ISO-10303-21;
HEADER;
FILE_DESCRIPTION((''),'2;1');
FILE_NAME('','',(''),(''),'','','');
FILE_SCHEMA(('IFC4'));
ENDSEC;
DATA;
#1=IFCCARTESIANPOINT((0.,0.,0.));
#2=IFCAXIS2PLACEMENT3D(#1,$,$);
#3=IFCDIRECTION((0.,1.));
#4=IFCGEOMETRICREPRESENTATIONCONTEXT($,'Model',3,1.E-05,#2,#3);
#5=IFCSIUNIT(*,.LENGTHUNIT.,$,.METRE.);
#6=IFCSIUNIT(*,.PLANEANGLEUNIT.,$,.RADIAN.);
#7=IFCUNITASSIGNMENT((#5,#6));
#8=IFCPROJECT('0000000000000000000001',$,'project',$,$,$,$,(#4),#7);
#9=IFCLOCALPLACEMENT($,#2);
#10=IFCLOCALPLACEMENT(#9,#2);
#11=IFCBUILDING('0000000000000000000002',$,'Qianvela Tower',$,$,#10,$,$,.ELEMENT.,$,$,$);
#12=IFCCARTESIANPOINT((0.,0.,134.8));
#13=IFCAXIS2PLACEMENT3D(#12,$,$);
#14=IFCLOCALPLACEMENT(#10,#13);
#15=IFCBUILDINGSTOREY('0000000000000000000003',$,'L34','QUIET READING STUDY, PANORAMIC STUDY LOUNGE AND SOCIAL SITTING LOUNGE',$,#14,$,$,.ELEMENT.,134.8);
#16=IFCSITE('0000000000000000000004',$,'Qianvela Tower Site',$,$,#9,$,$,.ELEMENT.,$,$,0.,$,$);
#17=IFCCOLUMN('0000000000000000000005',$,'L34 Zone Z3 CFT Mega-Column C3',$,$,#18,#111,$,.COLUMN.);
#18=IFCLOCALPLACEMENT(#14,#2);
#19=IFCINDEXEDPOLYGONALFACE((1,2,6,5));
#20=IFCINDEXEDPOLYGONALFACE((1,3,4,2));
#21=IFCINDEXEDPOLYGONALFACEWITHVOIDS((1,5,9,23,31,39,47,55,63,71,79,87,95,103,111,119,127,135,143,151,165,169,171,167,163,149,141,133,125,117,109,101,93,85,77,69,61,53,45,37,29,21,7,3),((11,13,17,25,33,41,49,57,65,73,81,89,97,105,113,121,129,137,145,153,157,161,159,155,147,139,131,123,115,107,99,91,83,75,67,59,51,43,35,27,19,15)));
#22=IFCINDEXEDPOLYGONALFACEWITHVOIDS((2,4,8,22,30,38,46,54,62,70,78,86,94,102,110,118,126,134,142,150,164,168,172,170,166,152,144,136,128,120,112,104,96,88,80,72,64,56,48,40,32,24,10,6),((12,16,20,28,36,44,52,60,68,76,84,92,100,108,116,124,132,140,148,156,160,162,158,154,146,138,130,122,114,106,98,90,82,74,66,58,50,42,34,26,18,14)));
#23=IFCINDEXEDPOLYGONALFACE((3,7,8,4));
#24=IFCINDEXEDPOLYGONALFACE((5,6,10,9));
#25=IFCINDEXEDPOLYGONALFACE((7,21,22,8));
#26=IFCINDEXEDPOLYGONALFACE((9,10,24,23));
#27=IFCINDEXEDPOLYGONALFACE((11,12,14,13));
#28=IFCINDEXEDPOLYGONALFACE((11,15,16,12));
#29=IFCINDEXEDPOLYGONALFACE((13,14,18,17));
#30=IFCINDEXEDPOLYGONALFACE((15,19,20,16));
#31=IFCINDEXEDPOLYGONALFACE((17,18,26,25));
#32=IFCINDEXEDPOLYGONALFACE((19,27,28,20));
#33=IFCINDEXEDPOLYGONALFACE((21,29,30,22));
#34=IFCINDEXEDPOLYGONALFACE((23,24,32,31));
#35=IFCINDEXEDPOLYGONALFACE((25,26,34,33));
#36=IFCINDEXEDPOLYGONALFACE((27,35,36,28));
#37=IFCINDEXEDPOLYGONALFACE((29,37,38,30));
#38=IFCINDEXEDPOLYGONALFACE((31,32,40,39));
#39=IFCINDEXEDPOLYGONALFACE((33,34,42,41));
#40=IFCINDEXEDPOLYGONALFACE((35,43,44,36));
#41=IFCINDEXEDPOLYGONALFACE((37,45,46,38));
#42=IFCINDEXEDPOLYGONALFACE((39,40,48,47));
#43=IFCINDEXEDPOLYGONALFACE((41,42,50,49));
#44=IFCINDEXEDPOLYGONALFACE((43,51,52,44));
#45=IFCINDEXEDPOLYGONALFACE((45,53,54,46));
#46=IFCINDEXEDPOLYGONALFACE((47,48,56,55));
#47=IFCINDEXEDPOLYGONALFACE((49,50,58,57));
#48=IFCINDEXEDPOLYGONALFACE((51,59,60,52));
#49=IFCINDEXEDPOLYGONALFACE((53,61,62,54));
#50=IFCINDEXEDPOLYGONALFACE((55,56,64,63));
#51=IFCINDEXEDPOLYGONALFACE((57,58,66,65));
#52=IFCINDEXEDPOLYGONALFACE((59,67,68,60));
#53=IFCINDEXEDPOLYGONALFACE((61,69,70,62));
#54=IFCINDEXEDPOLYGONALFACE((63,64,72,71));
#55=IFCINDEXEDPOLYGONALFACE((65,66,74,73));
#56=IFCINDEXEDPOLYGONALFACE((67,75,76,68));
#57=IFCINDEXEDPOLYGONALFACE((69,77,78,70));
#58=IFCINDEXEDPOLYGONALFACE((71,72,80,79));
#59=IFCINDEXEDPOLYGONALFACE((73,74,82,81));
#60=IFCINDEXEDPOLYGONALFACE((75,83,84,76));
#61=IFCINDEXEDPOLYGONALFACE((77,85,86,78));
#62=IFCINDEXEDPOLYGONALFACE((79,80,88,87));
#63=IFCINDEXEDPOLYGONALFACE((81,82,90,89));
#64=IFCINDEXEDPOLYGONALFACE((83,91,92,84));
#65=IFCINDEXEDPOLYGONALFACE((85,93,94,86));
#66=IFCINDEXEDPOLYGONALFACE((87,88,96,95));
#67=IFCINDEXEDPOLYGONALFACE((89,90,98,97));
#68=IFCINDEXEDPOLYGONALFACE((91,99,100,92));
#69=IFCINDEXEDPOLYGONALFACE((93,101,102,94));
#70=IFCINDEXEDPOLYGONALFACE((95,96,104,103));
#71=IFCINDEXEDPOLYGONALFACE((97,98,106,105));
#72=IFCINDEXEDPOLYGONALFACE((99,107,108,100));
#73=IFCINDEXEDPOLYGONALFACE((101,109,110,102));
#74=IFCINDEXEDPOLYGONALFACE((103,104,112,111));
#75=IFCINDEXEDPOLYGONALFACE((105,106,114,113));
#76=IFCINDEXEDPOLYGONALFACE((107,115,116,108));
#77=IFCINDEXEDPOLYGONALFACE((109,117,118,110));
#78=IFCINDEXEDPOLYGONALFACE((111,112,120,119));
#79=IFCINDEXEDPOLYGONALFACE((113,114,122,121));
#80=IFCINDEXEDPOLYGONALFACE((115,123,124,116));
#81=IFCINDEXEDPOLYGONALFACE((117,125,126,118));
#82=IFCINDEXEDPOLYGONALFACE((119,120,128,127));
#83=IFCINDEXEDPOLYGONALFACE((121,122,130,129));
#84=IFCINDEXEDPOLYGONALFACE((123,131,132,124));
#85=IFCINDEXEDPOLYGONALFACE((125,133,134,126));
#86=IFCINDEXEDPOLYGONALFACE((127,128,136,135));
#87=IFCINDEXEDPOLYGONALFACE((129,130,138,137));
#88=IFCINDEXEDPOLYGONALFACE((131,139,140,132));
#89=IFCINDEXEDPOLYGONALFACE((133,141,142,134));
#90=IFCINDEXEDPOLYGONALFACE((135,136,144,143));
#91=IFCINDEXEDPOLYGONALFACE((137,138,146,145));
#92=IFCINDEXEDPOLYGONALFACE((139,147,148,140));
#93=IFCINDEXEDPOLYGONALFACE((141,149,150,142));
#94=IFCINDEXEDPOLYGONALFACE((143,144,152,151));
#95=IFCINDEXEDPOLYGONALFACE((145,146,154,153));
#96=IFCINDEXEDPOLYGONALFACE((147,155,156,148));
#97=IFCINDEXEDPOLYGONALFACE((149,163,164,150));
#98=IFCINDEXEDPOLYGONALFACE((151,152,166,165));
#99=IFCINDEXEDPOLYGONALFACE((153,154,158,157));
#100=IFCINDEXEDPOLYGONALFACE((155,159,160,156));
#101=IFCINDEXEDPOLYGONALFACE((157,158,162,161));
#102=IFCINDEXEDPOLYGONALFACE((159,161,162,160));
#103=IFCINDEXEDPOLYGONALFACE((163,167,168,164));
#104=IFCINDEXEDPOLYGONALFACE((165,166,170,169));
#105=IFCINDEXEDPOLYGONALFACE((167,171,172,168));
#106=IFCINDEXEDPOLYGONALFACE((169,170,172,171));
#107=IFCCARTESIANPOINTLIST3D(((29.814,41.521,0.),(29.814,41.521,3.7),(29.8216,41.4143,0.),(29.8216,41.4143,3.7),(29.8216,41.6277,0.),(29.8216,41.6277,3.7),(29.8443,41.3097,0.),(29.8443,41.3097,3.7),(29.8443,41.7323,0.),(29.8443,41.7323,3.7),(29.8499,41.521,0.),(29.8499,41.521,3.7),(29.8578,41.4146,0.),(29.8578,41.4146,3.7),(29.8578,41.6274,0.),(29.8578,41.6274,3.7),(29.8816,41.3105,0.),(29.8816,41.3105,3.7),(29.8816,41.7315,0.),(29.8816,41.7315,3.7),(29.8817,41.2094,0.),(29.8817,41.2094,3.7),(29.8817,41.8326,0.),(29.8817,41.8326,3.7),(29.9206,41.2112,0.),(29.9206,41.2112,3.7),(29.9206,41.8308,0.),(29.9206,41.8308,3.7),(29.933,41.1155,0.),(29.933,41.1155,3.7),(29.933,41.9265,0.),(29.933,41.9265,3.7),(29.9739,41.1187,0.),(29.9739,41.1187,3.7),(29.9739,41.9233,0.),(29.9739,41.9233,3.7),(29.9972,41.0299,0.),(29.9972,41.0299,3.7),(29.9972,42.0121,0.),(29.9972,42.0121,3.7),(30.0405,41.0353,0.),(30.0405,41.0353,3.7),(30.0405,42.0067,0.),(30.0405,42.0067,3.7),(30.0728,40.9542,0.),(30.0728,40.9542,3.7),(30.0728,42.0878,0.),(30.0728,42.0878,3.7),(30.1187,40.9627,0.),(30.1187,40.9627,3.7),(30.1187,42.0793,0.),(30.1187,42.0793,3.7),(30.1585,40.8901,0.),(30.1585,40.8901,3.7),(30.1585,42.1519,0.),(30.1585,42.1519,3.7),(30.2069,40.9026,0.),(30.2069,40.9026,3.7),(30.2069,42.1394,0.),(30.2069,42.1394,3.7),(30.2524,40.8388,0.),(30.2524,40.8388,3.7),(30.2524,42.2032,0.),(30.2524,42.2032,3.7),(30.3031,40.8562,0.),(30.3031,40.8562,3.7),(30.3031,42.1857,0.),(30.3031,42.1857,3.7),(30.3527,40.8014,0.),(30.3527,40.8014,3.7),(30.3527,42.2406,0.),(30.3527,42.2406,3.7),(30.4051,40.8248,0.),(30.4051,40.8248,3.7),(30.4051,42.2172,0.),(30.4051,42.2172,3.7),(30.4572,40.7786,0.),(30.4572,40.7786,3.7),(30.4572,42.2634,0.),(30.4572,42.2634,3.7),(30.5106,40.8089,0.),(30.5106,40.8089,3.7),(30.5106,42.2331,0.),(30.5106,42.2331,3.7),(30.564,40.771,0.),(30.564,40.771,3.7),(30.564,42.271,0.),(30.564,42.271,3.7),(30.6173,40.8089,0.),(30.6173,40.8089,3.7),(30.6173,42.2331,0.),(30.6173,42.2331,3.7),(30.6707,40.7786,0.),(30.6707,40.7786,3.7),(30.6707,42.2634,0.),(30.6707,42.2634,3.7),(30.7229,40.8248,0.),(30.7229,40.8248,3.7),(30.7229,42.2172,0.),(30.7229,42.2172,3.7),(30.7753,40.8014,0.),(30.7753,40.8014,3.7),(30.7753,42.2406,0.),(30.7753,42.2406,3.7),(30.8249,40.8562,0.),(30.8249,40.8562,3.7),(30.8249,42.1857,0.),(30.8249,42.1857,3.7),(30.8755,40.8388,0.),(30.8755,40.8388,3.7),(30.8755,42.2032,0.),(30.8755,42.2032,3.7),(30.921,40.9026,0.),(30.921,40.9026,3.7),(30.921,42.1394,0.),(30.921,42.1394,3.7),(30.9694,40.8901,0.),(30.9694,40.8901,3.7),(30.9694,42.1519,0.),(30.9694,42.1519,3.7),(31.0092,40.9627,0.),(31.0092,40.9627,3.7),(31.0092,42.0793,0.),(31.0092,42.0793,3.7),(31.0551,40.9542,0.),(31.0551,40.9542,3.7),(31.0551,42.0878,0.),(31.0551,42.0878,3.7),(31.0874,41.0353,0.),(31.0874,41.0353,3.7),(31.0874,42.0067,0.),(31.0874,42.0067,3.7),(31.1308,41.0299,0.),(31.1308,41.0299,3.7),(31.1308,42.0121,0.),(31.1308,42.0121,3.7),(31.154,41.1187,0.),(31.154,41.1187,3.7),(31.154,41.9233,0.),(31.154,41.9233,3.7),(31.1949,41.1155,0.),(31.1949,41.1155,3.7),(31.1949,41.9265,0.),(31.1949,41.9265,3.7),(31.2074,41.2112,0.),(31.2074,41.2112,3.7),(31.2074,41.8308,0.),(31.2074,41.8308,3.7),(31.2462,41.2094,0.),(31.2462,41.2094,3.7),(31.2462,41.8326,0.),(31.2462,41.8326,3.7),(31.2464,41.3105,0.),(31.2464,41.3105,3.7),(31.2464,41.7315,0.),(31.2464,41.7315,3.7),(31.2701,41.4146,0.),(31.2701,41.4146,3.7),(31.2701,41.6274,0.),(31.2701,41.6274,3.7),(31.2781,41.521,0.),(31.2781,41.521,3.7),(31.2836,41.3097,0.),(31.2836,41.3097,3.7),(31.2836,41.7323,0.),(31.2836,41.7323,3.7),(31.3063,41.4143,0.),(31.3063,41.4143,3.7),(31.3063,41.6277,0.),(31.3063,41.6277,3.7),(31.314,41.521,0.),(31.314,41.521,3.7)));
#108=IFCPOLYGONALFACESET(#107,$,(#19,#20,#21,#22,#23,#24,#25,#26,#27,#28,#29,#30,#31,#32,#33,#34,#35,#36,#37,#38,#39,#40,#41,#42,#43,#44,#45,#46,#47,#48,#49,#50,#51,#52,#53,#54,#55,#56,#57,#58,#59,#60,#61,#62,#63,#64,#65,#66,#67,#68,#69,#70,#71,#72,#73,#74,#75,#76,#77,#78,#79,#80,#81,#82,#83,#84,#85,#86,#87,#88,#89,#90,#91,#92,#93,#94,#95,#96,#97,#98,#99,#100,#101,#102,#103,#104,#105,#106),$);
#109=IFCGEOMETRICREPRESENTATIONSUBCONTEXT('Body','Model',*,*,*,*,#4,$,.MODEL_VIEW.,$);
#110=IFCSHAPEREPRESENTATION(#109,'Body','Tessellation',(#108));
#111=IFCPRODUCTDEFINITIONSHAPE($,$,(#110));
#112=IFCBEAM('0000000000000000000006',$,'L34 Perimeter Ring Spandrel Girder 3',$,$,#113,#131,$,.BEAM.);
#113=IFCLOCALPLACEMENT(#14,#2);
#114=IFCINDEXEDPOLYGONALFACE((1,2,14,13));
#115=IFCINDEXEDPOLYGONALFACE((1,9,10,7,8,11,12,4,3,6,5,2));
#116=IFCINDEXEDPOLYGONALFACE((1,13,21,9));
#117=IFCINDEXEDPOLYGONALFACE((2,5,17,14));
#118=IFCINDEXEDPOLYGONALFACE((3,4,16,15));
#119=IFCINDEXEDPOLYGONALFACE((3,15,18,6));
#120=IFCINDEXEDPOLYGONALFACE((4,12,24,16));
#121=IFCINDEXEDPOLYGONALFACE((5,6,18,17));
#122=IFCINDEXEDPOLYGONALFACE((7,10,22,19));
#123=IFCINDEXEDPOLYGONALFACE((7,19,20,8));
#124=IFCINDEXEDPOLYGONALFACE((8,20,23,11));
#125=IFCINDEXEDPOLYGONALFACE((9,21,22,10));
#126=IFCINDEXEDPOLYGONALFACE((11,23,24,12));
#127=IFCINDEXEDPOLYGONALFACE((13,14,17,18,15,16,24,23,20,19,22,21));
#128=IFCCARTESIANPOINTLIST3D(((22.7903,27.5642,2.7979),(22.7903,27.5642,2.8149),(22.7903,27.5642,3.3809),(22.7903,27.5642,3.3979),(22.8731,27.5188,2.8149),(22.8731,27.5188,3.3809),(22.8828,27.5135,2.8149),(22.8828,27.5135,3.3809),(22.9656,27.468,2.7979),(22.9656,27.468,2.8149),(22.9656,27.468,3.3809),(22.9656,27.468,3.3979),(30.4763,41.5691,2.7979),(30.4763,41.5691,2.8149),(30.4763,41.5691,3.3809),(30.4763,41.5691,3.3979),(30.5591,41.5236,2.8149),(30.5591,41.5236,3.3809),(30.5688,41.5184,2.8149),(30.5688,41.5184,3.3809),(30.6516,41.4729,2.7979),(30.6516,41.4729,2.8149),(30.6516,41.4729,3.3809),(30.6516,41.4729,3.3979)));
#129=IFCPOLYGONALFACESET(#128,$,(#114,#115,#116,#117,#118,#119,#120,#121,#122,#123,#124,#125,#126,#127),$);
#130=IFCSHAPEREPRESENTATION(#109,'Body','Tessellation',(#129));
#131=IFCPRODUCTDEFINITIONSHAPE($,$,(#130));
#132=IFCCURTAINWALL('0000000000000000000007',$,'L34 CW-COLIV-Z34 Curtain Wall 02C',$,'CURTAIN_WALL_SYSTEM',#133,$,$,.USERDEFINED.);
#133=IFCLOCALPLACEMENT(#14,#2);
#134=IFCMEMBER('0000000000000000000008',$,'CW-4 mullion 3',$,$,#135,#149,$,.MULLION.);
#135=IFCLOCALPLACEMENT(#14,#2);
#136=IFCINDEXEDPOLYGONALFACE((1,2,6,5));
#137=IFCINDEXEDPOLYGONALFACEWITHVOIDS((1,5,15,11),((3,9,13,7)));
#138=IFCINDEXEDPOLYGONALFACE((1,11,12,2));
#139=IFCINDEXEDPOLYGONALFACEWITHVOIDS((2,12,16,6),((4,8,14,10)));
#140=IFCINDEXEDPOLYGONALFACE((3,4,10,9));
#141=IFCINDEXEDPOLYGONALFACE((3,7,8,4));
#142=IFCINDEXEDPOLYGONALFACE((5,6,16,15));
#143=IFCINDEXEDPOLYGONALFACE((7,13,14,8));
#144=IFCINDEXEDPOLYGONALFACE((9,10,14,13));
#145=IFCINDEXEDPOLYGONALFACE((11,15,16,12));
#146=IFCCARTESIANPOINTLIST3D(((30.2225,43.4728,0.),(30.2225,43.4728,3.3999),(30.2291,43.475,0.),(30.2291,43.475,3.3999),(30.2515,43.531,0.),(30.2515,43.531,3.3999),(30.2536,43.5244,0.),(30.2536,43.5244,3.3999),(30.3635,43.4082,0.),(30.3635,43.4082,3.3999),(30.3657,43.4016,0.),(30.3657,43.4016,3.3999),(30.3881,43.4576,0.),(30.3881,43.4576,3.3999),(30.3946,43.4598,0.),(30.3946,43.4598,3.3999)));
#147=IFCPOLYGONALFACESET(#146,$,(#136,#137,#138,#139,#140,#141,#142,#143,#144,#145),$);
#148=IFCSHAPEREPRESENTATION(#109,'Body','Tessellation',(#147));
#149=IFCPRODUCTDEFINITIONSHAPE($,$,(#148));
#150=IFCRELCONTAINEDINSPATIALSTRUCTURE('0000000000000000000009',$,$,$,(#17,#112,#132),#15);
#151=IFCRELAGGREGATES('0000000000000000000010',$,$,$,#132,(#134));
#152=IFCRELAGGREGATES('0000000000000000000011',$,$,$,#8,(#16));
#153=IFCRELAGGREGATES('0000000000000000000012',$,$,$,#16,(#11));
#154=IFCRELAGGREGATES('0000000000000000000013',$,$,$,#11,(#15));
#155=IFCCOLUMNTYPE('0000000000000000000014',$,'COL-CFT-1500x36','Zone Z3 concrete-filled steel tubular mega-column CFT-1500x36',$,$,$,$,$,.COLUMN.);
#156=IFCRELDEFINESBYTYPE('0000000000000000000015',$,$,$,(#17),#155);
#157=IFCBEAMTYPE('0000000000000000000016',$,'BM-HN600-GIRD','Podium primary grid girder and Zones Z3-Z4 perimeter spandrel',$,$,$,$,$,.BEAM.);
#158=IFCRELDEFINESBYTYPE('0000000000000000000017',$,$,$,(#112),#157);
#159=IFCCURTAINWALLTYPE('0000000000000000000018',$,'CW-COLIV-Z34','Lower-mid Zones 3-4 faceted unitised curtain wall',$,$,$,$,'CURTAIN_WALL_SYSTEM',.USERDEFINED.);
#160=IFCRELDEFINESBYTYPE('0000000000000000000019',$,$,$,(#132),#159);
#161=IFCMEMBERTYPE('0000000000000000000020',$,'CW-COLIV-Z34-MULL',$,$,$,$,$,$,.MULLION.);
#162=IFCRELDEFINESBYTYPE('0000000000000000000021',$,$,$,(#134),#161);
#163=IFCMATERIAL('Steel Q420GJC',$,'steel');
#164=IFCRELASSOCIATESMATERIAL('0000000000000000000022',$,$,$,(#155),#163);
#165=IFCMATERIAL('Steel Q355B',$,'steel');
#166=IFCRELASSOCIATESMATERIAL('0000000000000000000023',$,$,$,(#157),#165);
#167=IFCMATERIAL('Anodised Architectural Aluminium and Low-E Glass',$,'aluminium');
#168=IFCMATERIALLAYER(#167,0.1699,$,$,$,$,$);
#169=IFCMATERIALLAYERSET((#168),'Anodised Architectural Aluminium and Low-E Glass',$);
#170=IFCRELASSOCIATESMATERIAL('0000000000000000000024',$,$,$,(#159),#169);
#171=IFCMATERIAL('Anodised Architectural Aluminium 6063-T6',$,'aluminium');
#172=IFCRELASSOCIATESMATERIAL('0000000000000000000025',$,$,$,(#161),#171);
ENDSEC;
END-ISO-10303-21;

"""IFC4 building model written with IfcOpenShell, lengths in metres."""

from ifc_helpers import new_model, si_unit, direction, frame, origin, origin_2d, place, context, subcontext, project, spatial, hollow_rectangle, hollow_circle, i_section, extrude, material, layer, layer_set, material_profile, profile_set, type_object, element, aggregate, save


model = new_model("IFC4")

# Units and contexts
model_context = context("Model", 3, precision=1e-05, world=origin(), true_north=direction((0.0, 1.0)))
body_context = subcontext(model_context, "Body", "Model", "MODEL_VIEW")
ifc_project = project(units=[si_unit("LENGTHUNIT", "METRE"), si_unit("PLANEANGLEUNIT", "RADIAN")], contexts=[model_context])

# Site, building, storey
site_placement = place(None, origin())
site = spatial("IfcSite", under=ifc_project, at=site_placement, Name="Qianvela Tower Site", CompositionType="ELEMENT", RefElevation=0.0)
building_placement = place(site_placement, origin())
building = spatial("IfcBuilding", under=site, at=building_placement, Name="Qianvela Tower", CompositionType="ELEMENT")
storey_placement = place(building_placement, frame((0.0, 0.0, 134.8)))
storey = spatial("IfcBuildingStorey", under=building, at=storey_placement, Name="L34", Description="QUIET READING STUDY, PANORAMIC STUDY LOUNGE AND SOCIAL SITTING LOUNGE", CompositionType="ELEMENT", Elevation=134.8)

# Column
ifc_material_1 = material(Name="Steel Q420GJC", Category="steel")
ifc_material_profile_1 = material_profile(ifc_material_1, hollow_circle(Radius=0.75, WallThickness=0.0359, at=origin_2d()), Name="CFT-1500x36")
ifc_profile_set_1 = profile_set([ifc_material_profile_1], Name="Steel Q420GJC")
column_type = type_object("IfcColumnType", Name="COL-CFT-1500x36", Description="Zone Z3 concrete-filled steel tubular mega-column CFT-1500x36", PredefinedType="COLUMN", material=ifc_profile_set_1)
column_placement = place(storey_placement, frame((30.564, 41.521, 0.0), z_axis=(0.0, 0.0, 1.0), x_axis=(1.0, 0.0, 0.0)))
element("IfcColumn", 1, at=column_placement, inside=storey, type_object=column_type, Name="L34 Zone Z3 CFT Mega-Column C3", PredefinedType="COLUMN", context=body_context, shape_type="SweptSolid", body=[
    extrude(hollow_circle(Radius=0.75, WallThickness=0.0359, at=origin_2d()), origin(), (0.0, 0.0, 1.0), 3.7),
])

# Beam
ifc_material_2 = material(Name="Steel Q355B", Category="steel")
ifc_material_profile_2 = material_profile(ifc_material_2, i_section(OverallWidth=0.2, OverallDepth=0.6001, WebThickness=0.011, FlangeThickness=0.0171, at=origin_2d()), Name="HN600x200x11x17")
ifc_profile_set_2 = profile_set([ifc_material_profile_2], Name="Steel Q355B")
beam_type = type_object("IfcBeamType", Name="BM-HN600-GIRD", Description="Podium primary grid girder and Zones Z3-Z4 perimeter spandrel", PredefinedType="BEAM", material=ifc_profile_set_2)
beam_placement = place(storey_placement, frame((30.564, 41.521, 3.0979), z_axis=(-0.481118, -0.876656, 0.0), x_axis=(0.876656, -0.481118, 0.0)))
element("IfcBeam", 2, at=beam_placement, inside=storey, type_object=beam_type, Name="L34 Perimeter Ring Spandrel Girder 3", PredefinedType="BEAM", context=body_context, shape_type="SweptSolid", body=[
    extrude(i_section(OverallWidth=0.2, OverallDepth=0.6001, WebThickness=0.011, FlangeThickness=0.0171, at=origin_2d()), origin(), (0.0, 0.0, 1.0), 15.9753),
])

# Curtain wall, member
ifc_material_3 = material(Name="Anodised Architectural Aluminium and Low-E Glass", Category="aluminium")
ifc_layer_1 = layer(ifc_material_3, 0.1699)
ifc_layer_set_1 = layer_set([ifc_layer_1], Name="Anodised Architectural Aluminium and Low-E Glass")
curtain_wall_type = type_object("IfcCurtainWallType", Name="CW-COLIV-Z34", Description="Lower-mid Zones 3-4 faceted unitised curtain wall", ElementType="CURTAIN_WALL_SYSTEM", PredefinedType="USERDEFINED", material=ifc_layer_set_1)
curtain_wall_placement = place(storey_placement, origin())
curtain_wall = element("IfcCurtainWall", 3, at=curtain_wall_placement, inside=storey, type_object=curtain_wall_type, Name="L34 CW-COLIV-Z34 Curtain Wall 02C", ObjectType="CURTAIN_WALL_SYSTEM", PredefinedType="USERDEFINED")
ifc_material_4 = material(Name="Anodised Architectural Aluminium 6063-T6", Category="aluminium")
ifc_material_profile_3 = material_profile(ifc_material_4, hollow_rectangle(XDim=0.0649, YDim=0.1599, WallThickness=0.0049, at=origin_2d()), Name="ALU-MULL-65x160")
ifc_profile_set_3 = profile_set([ifc_material_profile_3], Name="Anodised Architectural Aluminium 6063-T6")
member_type = type_object("IfcMemberType", Name="CW-COLIV-Z34-MULL", PredefinedType="MULLION", material=ifc_profile_set_3)
member_placement = place(storey_placement, frame((30.3086, 43.4663, 0.0), z_axis=(0.0, 0.0, 1.0), x_axis=(-0.445147, -0.895458, 0.0)))
member = element("IfcMember", 4, at=member_placement, type_object=member_type, Name="CW-4 mullion 3", PredefinedType="MULLION", context=body_context, shape_type="SweptSolid", body=[
    extrude(hollow_rectangle(XDim=0.0649, YDim=0.1599, WallThickness=0.0049, at=origin_2d()), origin(), (0.0, 0.0, 1.0), 3.3999),
])
aggregate(curtain_wall, [member])

save(model, "model.ifc")
